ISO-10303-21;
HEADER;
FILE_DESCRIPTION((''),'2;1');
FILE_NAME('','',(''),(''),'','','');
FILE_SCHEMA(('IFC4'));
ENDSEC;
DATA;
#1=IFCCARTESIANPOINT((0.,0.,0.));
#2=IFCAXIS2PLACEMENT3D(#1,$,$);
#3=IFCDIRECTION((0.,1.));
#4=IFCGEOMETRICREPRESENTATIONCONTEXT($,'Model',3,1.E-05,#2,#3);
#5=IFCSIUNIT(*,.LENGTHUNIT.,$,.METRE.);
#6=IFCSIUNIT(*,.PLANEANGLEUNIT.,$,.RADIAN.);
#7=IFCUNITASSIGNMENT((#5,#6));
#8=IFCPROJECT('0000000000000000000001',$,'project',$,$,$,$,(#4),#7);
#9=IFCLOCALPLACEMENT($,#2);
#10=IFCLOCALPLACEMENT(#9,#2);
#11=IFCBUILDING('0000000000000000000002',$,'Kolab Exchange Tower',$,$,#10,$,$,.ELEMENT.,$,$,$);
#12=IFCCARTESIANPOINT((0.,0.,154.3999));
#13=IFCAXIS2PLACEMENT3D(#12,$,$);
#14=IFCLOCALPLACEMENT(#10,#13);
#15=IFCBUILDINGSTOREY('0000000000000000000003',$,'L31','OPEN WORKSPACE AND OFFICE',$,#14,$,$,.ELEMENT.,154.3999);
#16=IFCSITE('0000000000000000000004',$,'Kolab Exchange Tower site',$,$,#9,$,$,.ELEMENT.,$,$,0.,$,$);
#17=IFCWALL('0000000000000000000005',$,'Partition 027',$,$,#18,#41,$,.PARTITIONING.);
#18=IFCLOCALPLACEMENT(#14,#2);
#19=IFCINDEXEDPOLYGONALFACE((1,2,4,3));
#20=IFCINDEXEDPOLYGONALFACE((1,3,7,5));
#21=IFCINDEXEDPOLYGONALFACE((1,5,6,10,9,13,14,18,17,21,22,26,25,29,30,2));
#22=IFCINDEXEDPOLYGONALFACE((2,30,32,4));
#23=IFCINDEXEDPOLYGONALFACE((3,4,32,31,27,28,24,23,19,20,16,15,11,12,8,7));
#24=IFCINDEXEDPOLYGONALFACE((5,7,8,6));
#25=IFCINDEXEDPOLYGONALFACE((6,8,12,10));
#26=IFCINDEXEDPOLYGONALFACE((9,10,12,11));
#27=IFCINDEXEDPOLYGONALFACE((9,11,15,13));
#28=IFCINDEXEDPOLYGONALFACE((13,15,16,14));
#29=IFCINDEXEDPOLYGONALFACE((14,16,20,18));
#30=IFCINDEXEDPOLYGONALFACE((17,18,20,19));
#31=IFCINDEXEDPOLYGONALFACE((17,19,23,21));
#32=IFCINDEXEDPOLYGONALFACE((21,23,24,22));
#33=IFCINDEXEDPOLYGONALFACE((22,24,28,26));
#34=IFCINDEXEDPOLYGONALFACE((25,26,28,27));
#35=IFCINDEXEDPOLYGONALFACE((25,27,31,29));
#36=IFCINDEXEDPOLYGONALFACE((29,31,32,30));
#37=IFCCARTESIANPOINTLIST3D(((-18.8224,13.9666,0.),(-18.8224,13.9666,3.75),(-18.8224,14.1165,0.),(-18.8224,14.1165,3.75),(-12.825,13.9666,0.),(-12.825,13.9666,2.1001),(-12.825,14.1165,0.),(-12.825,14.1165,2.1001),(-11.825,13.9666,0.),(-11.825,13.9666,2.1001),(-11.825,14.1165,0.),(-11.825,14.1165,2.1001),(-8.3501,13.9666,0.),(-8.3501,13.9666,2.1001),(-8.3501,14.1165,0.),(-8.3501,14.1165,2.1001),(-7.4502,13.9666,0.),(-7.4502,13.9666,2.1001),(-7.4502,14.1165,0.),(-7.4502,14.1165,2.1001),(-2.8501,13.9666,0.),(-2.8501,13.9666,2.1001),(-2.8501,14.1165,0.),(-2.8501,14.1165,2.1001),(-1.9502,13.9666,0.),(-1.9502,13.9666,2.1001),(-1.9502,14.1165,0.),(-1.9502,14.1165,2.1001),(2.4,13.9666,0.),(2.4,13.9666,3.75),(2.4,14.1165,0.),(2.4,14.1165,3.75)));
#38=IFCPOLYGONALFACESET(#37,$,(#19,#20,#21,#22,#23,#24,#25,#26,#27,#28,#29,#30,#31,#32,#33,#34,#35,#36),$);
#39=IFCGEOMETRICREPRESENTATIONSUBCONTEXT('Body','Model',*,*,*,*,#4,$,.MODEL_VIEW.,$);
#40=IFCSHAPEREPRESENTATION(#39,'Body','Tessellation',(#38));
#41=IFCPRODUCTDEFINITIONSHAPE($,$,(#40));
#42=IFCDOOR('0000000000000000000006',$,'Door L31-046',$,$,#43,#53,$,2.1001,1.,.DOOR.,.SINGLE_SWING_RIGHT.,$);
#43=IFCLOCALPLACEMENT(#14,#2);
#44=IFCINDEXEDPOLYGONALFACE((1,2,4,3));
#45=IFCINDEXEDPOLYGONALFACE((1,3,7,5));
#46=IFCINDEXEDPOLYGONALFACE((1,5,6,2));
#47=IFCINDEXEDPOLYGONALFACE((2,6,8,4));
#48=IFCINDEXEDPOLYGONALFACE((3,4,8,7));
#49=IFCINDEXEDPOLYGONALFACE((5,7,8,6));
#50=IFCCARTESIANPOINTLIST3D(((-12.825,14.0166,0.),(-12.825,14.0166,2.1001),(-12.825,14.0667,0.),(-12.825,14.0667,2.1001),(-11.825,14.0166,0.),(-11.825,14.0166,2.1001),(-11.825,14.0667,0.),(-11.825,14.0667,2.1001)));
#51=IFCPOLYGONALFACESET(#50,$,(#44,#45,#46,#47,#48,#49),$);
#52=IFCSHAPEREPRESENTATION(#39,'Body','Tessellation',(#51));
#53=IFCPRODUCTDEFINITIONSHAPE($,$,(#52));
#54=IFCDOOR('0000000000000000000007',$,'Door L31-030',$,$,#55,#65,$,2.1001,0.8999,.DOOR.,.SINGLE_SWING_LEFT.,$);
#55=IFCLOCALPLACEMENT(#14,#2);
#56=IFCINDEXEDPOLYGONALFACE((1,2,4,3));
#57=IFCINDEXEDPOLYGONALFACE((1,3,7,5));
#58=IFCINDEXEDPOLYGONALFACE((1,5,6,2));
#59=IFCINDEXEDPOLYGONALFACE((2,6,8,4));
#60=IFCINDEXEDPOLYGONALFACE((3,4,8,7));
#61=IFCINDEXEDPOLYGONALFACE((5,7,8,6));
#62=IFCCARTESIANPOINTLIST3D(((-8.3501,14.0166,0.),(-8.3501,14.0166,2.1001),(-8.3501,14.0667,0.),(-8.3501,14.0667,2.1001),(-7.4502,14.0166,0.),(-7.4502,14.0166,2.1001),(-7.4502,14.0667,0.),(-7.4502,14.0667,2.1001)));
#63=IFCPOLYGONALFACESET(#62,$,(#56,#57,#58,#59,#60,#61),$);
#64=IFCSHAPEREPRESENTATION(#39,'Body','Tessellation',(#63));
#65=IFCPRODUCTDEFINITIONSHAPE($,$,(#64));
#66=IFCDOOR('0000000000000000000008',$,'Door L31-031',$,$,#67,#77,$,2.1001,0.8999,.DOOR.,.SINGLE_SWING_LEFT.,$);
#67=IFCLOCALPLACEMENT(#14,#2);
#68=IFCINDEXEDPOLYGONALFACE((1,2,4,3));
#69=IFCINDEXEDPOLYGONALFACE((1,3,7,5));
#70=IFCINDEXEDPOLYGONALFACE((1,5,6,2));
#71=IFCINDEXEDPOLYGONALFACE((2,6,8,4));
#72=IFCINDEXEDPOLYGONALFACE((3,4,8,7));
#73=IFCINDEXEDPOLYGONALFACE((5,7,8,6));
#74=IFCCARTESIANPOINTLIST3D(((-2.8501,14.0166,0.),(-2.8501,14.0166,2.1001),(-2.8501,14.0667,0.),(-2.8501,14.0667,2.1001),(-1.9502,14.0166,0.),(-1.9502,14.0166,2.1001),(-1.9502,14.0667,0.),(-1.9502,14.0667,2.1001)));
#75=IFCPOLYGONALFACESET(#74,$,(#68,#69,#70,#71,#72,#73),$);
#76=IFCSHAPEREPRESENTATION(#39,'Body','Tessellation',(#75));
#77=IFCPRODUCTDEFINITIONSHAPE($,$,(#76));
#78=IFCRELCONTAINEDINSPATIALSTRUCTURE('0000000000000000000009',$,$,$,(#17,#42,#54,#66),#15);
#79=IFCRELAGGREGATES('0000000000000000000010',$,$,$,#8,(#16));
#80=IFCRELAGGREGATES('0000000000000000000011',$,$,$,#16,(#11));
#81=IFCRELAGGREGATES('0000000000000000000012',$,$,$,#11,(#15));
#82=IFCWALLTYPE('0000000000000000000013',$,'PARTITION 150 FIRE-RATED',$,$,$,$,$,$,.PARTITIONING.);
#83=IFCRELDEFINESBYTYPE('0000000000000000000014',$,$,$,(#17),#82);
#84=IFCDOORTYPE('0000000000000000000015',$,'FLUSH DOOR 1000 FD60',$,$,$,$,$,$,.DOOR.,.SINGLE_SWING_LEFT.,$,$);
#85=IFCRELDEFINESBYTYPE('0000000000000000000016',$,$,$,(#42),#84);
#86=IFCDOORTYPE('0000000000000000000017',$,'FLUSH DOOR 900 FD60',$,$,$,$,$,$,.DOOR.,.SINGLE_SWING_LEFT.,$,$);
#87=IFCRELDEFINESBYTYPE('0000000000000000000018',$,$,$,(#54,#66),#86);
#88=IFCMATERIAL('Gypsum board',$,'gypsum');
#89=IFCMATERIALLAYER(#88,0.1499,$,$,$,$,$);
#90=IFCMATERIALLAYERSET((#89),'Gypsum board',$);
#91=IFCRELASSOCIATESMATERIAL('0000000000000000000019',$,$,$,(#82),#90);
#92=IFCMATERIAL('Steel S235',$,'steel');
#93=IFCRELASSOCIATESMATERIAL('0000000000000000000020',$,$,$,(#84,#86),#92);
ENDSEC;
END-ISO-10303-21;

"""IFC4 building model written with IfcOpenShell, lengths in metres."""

from ifc_helpers import new_model, si_unit, direction, frame, frame_2d, origin, place, context, subcontext, project, spatial, rectangle, extrude, material, layer, layer_set, type_object, element, fill, save


model = new_model("IFC4")

# Units and contexts
model_context = context("Model", 3, precision=1e-05, world=origin(), true_north=direction((0.0, 1.0)))
body_context = subcontext(model_context, "Body", "Model", "MODEL_VIEW")
ifc_project = project(units=[si_unit("LENGTHUNIT", "METRE"), si_unit("PLANEANGLEUNIT", "RADIAN")], contexts=[model_context])

# Site, building, storey
site_placement = place(None, origin())
site = spatial("IfcSite", under=ifc_project, at=site_placement, Name="Kolab Exchange Tower site", CompositionType="ELEMENT", RefElevation=0.0)
building_placement = place(site_placement, origin())
building = spatial("IfcBuilding", under=site, at=building_placement, Name="Kolab Exchange Tower", CompositionType="ELEMENT")
storey_placement = place(building_placement, frame((0.0, 0.0, 154.3999)))
storey = spatial("IfcBuildingStorey", under=building, at=storey_placement, Name="L31", Description="OPEN WORKSPACE AND OFFICE", CompositionType="ELEMENT", Elevation=154.3999)

# Shared definitions
ifc_material_1 = material(Name="Gypsum board", Category="gypsum")

# Wall, openings, doors
ifc_layer_1 = layer(ifc_material_1, 0.1499)
ifc_layer_set_1 = layer_set([ifc_layer_1], Name="Gypsum board")
wall_type_1 = type_object("IfcWallType", Name="PARTITION 150 FIRE-RATED", PredefinedType="PARTITIONING", material=ifc_layer_set_1)
wall_1_placement = place(storey_placement, frame((-18.8225, 14.0415, 0.0), z_axis=(0.0, 0.0, 1.0), x_axis=(1.0, 0.0, 0.0)))
wall_1 = element("IfcWall", 1, at=wall_1_placement, inside=storey, type_object=wall_type_1, Name="Partition 027", PredefinedType="PARTITIONING", context=body_context, shape_type="SweptSolid", body=[
    extrude(rectangle(XDim=21.2224, YDim=0.1499, at=frame_2d((10.6113, 0.0))), origin(), (0.0, 0.0, 1.0), 3.75),
])
opening_1_placement = place(wall_1_placement, frame((10.4724, 0.0, 0.0)))
opening_1 = element("IfcOpeningElement", 2, at=opening_1_placement, cuts=wall_1, PredefinedType="OPENING", context=body_context, shape_type="SweptSolid", body=[
    extrude(rectangle(XDim=0.8999, YDim=2.1001, at=frame_2d((0.45, 1.05))), frame((0.0, 0.085, 0.0), z_axis=(0.0, -1.0, 0.0), x_axis=(1.0, 0.0, 0.0)), (0.0, 0.0, 1.0), 0.1699),
])
opening_2_placement = place(wall_1_placement, frame((15.9724, 0.0, 0.0)))
opening_2 = element("IfcOpeningElement", 3, at=opening_2_placement, cuts=wall_1, PredefinedType="OPENING", context=body_context, shape_type="SweptSolid", body=[
    extrude(rectangle(XDim=0.8999, YDim=2.1001, at=frame_2d((0.45, 1.05))), frame((0.0, 0.085, 0.0), z_axis=(0.0, -1.0, 0.0), x_axis=(1.0, 0.0, 0.0)), (0.0, 0.0, 1.0), 0.1699),
])
opening_3_placement = place(wall_1_placement, frame((5.9976, 0.0, 0.0)))
opening_3 = element("IfcOpeningElement", 4, at=opening_3_placement, cuts=wall_1, PredefinedType="OPENING", context=body_context, shape_type="SweptSolid", body=[
    extrude(rectangle(XDim=1.0, YDim=2.1001, at=frame_2d((0.5, 1.05))), frame((0.0, 0.085, 0.0), z_axis=(0.0, -1.0, 0.0), x_axis=(1.0, 0.0, 0.0)), (0.0, 0.0, 1.0), 0.1699),
])
ifc_material_2 = material(Name="Steel S235", Category="steel")
door_type_1 = type_object("IfcDoorType", Name="FLUSH DOOR 1000 FD60", OperationType="SINGLE_SWING_LEFT", PredefinedType="DOOR", material=ifc_material_2)
door_1_placement = place(opening_3_placement, frame((1.0, 0.0, 0.0), z_axis=(0.0, 0.0, 1.0), x_axis=(-1.0, 0.0, 0.0)))
door_1 = element("IfcDoor", 5, at=door_1_placement, inside=storey, type_object=door_type_1, Name="Door L31-046", OperationType="SINGLE_SWING_RIGHT", OverallHeight=2.1001, OverallWidth=1.0, PredefinedType="DOOR", context=body_context, shape_type="SweptSolid", body=[
    extrude(rectangle(XDim=1.0, YDim=2.1001, at=frame_2d((0.5, 1.05))), frame((0.0, 0.0249, 0.0), z_axis=(0.0, -1.0, 0.0), x_axis=(1.0, 0.0, 0.0)), (0.0, 0.0, 1.0), 0.05),
])
fill(opening_3, door_1)
door_type_2 = type_object("IfcDoorType", Name="FLUSH DOOR 900 FD60", OperationType="SINGLE_SWING_LEFT", PredefinedType="DOOR", material=ifc_material_2)
door_2_placement = place(opening_1_placement, frame((0.8999, 0.0, 0.0), z_axis=(0.0, 0.0, 1.0), x_axis=(-1.0, 0.0, 0.0)))
door_2 = element("IfcDoor", 6, at=door_2_placement, inside=storey, type_object=door_type_2, Name="Door L31-030", OperationType="SINGLE_SWING_LEFT", OverallHeight=2.1001, OverallWidth=0.8999, PredefinedType="DOOR", context=body_context, shape_type="SweptSolid", body=[
    extrude(rectangle(XDim=0.8999, YDim=2.1001, at=frame_2d((0.45, 1.05))), frame((0.0, 0.0249, 0.0), z_axis=(0.0, -1.0, 0.0), x_axis=(1.0, 0.0, 0.0)), (0.0, 0.0, 1.0), 0.05),
])
fill(opening_1, door_2)
door_3_placement = place(opening_2_placement, frame((0.8999, 0.0, 0.0), z_axis=(0.0, 0.0, 1.0), x_axis=(-1.0, 0.0, 0.0)))
door_3 = element("IfcDoor", 7, at=door_3_placement, inside=storey, type_object=door_type_2, Name="Door L31-031", OperationType="SINGLE_SWING_LEFT", OverallHeight=2.1001, OverallWidth=0.8999, PredefinedType="DOOR", context=body_context, shape_type="SweptSolid", body=[
    extrude(rectangle(XDim=0.8999, YDim=2.1001, at=frame_2d((0.45, 1.05))), frame((0.0, 0.0249, 0.0), z_axis=(0.0, -1.0, 0.0), x_axis=(1.0, 0.0, 0.0)), (0.0, 0.0, 1.0), 0.05),
])
fill(opening_2, door_3)

save(model, "model.ifc")
